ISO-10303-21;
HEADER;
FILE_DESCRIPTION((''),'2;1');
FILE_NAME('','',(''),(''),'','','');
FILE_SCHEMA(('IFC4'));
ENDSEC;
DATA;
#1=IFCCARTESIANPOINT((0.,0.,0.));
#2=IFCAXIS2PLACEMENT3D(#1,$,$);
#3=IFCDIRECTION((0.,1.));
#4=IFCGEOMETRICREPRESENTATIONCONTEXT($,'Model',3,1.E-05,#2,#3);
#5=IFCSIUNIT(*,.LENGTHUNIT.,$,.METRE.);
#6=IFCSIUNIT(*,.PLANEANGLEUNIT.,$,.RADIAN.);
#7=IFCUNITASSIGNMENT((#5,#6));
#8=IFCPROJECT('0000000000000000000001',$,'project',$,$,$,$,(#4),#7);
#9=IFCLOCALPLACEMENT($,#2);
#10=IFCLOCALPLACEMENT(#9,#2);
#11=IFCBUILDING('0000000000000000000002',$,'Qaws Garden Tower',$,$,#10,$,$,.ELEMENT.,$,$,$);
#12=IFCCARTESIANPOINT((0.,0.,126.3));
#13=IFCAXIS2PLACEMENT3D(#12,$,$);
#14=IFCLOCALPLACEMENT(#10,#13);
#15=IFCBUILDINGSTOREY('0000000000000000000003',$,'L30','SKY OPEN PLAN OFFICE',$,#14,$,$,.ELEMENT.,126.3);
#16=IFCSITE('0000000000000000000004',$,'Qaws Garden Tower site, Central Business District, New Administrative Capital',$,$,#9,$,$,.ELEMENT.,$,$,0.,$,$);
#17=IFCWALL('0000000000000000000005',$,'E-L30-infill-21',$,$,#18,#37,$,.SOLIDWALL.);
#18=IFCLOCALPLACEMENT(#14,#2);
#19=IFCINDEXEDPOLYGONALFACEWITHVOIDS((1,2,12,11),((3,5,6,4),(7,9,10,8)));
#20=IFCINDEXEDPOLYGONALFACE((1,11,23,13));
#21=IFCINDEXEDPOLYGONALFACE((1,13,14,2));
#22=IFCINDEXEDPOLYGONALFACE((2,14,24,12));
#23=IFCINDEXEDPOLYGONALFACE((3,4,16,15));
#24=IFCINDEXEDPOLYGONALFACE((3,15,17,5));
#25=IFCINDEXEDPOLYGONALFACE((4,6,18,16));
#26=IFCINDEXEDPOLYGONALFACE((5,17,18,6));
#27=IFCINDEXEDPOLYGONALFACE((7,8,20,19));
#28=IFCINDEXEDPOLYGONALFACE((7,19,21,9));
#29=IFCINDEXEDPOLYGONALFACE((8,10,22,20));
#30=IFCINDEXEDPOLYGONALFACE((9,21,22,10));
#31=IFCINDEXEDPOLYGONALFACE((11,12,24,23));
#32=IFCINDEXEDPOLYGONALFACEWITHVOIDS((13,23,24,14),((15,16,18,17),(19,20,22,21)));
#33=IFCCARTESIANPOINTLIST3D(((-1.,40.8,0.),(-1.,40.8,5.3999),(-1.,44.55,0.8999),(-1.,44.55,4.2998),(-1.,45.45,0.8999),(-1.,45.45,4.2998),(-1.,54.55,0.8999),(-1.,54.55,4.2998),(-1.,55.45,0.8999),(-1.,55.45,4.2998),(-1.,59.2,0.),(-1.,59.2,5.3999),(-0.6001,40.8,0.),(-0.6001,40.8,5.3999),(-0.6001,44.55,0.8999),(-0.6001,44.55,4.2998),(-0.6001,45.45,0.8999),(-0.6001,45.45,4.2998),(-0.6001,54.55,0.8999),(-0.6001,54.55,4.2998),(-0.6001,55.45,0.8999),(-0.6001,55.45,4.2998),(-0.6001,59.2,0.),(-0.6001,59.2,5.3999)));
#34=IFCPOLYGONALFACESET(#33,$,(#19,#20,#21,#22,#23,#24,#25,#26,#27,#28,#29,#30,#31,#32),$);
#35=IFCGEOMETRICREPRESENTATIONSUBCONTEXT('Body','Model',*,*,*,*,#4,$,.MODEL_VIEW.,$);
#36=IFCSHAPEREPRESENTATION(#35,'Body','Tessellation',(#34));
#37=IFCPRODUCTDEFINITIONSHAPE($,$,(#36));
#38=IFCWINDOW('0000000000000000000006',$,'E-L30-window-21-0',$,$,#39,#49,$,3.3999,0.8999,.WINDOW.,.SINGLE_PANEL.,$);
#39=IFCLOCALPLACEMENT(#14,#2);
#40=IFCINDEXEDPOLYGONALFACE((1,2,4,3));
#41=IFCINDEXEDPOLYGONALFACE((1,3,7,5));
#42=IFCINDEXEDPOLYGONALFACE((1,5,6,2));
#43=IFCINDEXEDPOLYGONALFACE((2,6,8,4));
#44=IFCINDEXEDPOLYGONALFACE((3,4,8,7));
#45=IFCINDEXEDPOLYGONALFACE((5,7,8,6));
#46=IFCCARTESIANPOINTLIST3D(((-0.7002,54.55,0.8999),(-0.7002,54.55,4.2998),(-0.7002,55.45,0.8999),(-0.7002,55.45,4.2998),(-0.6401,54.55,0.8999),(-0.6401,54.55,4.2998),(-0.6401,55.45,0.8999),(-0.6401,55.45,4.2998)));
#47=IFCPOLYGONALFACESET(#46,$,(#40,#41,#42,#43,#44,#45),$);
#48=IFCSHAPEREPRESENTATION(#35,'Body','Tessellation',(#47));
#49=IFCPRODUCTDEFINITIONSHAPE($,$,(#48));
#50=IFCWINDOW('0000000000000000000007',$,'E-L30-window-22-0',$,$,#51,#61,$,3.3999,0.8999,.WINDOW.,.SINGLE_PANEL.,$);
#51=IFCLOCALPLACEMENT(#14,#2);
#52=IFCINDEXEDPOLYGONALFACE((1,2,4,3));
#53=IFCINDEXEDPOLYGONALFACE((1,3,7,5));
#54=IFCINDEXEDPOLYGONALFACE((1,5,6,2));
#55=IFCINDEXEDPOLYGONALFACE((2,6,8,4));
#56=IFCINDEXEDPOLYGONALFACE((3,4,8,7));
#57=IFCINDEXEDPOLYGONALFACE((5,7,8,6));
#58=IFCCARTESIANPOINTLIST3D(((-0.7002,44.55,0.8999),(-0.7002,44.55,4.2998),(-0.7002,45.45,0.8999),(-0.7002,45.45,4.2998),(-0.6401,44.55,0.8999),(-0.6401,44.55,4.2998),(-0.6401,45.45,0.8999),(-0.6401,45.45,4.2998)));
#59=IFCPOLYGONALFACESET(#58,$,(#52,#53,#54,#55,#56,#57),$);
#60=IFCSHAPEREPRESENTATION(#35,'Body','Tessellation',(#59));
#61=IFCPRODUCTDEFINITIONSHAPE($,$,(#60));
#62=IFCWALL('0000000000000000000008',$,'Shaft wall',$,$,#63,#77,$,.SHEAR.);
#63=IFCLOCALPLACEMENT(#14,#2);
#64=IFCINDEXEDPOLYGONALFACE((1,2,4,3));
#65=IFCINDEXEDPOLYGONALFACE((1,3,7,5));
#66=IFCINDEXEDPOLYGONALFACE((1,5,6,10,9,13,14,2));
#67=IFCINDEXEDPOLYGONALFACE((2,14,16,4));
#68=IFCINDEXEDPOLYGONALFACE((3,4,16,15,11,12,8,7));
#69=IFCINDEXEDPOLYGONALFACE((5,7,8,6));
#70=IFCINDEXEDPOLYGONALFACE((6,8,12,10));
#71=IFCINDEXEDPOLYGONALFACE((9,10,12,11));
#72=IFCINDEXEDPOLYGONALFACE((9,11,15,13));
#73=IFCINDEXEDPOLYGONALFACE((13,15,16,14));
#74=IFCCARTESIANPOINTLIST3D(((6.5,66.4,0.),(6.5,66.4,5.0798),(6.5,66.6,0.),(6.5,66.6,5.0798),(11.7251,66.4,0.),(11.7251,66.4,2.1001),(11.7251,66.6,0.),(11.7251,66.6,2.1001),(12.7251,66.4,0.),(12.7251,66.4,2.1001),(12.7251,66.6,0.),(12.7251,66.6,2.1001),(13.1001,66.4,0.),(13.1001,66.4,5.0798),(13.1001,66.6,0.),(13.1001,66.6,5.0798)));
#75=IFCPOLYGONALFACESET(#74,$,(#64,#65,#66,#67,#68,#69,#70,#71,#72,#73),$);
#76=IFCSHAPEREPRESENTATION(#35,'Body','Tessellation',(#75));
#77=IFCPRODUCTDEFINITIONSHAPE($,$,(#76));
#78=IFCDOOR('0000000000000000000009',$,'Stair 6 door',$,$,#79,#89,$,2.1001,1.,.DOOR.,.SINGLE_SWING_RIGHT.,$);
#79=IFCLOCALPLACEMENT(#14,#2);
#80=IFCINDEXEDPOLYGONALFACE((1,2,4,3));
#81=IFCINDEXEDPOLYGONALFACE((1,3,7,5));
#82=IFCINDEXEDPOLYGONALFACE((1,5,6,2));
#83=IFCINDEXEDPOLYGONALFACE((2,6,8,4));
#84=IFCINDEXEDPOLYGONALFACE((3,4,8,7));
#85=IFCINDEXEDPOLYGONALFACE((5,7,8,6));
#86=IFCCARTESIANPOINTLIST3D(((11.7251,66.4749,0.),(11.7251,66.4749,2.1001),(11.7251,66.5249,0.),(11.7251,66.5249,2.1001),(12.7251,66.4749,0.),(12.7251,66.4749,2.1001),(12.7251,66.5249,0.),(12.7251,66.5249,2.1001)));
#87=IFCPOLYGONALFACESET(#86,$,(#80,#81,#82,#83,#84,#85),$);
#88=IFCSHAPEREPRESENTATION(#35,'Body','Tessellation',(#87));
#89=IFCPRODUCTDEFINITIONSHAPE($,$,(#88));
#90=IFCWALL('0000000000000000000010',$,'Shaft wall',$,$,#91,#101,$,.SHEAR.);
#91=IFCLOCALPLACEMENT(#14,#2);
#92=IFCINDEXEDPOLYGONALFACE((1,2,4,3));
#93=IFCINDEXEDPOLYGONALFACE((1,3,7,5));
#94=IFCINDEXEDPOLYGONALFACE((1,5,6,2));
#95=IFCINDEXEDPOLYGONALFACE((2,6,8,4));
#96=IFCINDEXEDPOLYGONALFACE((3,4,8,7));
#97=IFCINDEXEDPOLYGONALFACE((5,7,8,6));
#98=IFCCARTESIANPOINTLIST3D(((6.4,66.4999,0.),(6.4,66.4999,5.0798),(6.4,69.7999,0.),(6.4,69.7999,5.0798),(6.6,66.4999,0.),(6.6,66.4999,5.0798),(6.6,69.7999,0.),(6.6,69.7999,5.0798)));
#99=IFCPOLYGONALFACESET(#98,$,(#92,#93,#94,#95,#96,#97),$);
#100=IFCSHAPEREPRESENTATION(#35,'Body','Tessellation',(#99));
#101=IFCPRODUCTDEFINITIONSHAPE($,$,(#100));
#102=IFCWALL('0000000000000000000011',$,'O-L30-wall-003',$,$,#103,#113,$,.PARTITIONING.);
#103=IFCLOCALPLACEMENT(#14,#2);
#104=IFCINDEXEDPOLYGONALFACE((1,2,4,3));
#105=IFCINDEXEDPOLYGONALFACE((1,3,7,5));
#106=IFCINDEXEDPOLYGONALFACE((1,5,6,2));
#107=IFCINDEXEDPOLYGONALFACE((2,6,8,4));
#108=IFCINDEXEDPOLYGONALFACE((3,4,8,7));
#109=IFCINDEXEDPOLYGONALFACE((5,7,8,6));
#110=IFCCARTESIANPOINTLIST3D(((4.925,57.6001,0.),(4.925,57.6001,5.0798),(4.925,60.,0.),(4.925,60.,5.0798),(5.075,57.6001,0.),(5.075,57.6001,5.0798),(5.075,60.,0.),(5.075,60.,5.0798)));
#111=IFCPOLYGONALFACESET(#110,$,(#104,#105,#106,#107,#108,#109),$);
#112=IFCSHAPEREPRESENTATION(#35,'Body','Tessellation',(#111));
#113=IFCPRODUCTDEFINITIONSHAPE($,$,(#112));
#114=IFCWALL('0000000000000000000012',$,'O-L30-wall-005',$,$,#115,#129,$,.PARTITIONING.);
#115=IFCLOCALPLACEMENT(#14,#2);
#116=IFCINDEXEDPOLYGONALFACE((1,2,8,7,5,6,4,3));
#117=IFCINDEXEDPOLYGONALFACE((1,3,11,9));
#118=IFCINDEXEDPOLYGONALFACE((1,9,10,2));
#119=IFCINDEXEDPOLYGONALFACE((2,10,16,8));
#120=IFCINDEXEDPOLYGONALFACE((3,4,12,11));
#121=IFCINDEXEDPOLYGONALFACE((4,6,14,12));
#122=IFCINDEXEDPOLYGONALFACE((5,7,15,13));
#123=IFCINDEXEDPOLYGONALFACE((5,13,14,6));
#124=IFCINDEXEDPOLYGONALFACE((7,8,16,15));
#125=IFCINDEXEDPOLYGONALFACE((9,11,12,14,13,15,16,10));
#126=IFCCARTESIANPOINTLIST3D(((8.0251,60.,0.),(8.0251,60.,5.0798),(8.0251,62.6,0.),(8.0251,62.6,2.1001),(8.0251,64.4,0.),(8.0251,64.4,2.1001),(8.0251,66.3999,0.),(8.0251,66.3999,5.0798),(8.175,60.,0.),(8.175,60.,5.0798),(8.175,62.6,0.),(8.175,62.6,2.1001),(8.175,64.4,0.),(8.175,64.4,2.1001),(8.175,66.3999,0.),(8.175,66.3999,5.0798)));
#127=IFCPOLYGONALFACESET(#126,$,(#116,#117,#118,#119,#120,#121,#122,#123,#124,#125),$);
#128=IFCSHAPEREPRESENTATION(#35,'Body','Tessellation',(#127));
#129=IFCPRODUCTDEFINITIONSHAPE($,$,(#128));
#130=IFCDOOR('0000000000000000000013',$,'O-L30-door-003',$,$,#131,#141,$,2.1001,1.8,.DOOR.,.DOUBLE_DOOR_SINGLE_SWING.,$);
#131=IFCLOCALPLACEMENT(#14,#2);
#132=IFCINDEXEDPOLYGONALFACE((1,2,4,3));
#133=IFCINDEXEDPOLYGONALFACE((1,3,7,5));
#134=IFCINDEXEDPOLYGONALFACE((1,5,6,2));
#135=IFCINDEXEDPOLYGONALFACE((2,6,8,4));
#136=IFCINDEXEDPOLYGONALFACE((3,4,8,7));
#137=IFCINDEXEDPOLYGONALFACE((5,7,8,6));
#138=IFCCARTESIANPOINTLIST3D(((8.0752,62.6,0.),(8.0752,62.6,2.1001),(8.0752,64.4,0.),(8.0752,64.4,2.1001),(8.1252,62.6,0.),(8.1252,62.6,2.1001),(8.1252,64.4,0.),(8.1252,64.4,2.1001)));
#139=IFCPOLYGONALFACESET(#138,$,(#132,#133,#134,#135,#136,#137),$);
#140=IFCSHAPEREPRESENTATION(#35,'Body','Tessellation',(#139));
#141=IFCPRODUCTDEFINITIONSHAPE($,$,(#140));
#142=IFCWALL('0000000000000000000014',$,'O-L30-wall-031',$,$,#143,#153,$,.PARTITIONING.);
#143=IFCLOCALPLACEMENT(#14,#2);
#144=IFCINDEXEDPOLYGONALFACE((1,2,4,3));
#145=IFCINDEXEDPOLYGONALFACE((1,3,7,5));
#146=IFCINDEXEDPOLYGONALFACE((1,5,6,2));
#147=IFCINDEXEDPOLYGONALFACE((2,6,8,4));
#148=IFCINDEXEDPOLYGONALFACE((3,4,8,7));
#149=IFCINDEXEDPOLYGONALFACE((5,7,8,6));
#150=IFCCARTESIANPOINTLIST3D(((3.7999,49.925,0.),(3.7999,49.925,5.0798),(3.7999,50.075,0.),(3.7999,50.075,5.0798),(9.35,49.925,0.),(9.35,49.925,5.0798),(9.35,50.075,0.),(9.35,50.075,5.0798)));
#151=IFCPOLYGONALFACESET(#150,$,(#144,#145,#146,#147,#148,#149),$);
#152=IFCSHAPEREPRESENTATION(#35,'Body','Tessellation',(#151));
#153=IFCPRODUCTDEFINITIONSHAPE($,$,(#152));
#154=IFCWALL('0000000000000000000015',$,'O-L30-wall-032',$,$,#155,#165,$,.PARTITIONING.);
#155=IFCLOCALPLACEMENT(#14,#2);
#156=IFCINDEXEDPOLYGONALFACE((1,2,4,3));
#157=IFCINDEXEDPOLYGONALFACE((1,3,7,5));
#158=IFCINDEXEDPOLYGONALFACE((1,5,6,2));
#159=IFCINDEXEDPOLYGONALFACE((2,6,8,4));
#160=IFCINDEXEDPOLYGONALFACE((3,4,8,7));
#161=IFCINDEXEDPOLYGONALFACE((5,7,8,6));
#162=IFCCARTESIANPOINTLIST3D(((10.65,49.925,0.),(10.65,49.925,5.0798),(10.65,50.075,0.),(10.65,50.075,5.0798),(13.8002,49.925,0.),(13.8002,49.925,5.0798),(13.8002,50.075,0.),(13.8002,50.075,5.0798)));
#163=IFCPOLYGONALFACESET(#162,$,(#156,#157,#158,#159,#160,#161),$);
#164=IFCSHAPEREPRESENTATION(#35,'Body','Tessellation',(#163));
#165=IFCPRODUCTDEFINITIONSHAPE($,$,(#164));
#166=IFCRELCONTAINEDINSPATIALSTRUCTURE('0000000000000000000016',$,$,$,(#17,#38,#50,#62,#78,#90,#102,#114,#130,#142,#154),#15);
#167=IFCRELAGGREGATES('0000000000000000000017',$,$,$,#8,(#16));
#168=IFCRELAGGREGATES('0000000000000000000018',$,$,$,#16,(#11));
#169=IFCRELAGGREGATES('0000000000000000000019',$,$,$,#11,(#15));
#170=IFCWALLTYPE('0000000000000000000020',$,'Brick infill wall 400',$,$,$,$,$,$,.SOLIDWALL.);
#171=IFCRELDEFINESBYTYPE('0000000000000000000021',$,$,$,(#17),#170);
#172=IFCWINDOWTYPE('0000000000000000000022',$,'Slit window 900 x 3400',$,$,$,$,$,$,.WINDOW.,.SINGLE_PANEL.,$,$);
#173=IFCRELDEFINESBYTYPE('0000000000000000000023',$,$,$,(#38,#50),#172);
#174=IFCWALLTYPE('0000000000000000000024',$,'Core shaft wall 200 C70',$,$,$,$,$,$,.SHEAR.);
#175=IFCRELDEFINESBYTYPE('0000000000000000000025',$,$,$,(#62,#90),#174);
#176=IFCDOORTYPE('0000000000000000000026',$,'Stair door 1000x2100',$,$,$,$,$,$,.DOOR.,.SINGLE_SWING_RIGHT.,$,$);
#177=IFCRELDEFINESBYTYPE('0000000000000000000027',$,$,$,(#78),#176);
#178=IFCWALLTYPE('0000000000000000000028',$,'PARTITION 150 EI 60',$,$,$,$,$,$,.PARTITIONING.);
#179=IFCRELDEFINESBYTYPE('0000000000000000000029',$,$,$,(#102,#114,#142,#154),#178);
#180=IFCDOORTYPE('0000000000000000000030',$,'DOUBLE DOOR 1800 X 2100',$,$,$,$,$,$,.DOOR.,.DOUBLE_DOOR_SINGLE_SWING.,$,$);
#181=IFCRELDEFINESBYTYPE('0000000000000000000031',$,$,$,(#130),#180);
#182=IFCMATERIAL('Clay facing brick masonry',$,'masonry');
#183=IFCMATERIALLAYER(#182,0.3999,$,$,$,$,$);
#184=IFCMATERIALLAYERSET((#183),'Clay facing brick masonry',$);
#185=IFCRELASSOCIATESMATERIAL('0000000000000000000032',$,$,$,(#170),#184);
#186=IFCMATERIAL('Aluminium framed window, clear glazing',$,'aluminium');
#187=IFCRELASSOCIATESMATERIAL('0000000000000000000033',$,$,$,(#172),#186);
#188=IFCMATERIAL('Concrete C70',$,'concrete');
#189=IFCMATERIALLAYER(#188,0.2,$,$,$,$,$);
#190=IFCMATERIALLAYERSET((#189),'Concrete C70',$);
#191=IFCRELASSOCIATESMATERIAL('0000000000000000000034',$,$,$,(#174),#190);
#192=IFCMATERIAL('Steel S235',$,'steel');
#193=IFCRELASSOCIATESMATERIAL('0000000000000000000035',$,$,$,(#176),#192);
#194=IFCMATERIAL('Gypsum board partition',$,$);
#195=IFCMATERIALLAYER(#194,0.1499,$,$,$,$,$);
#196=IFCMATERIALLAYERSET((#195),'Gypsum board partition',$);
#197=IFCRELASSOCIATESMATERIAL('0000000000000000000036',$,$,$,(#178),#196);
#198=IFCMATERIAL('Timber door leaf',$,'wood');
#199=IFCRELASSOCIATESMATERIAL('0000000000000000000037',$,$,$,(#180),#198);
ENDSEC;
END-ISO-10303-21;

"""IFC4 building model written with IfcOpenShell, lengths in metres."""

from ifc_helpers import new_model, si_unit, direction, frame, frame_2d, origin, place, context, subcontext, project, spatial, rectangle, extrude, material, layer, layer_set, type_object, element, fill, save


model = new_model("IFC4")

# Units and contexts
model_context = context("Model", 3, precision=1e-05, world=origin(), true_north=direction((0.0, 1.0)))
body_context = subcontext(model_context, "Body", "Model", "MODEL_VIEW")
ifc_project = project(units=[si_unit("LENGTHUNIT", "METRE"), si_unit("PLANEANGLEUNIT", "RADIAN")], contexts=[model_context])

# Site, building, storey
site_placement = place(None, origin())
site = spatial("IfcSite", under=ifc_project, at=site_placement, Name="Qaws Garden Tower site, Central Business District, New Administrative Capital", CompositionType="ELEMENT", RefElevation=0.0)
building_placement = place(site_placement, origin())
building = spatial("IfcBuilding", under=site, at=building_placement, Name="Qaws Garden Tower", CompositionType="ELEMENT")
storey_placement = place(building_placement, frame((0.0, 0.0, 126.3)))
storey = spatial("IfcBuildingStorey", under=building, at=storey_placement, Name="L30", Description="SKY OPEN PLAN OFFICE", CompositionType="ELEMENT", Elevation=126.3)

# Shared definitions
ifc_material_1 = material(Name="Clay facing brick masonry", Category="masonry")
ifc_layer_1 = layer(ifc_material_1, 0.3999)
ifc_layer_set_1 = layer_set([ifc_layer_1], Name="Clay facing brick masonry")
wall_type_1 = type_object("IfcWallType", Name="Brick infill wall 400", PredefinedType="SOLIDWALL", material=ifc_layer_set_1)

# Wall, openings, windows
wall_1_placement = place(storey_placement, frame((-0.8, 59.2, 0.0), z_axis=(0.0, 0.0, 1.0), x_axis=(0.0, -1.0, 0.0)))
wall_1 = element("IfcWall", 1, at=wall_1_placement, inside=storey, type_object=wall_type_1, Name="E-L30-infill-21", PredefinedType="SOLIDWALL", context=body_context, shape_type="SweptSolid", body=[
    extrude(rectangle(XDim=18.3999, YDim=0.3999, at=frame_2d((9.2, 0.0))), origin(), (0.0, 0.0, 1.0), 5.3999),
])
opening_1_placement = place(wall_1_placement, frame((3.75, 0.0, 0.8999)))
opening_1 = element("IfcOpeningElement", 2, at=opening_1_placement, cuts=wall_1, PredefinedType="OPENING", context=body_context, shape_type="SweptSolid", body=[
    extrude(rectangle(XDim=0.8999, YDim=3.3999, at=frame_2d((0.45, 1.7))), frame((0.0, 0.21, 0.0), z_axis=(0.0, -1.0, 0.0), x_axis=(1.0, 0.0, 0.0)), (0.0, 0.0, 1.0), 0.4199),
])
opening_2_placement = place(wall_1_placement, frame((13.75, 0.0, 0.8999)))
opening_2 = element("IfcOpeningElement", 3, at=opening_2_placement, cuts=wall_1, PredefinedType="OPENING", context=body_context, shape_type="SweptSolid", body=[
    extrude(rectangle(XDim=0.8999, YDim=3.3999, at=frame_2d((0.45, 1.7))), frame((0.0, 0.21, 0.0), z_axis=(0.0, -1.0, 0.0), x_axis=(1.0, 0.0, 0.0)), (0.0, 0.0, 1.0), 0.4199),
])
ifc_material_2 = material(Name="Aluminium framed window, clear glazing", Category="aluminium")
window_type_1 = type_object("IfcWindowType", Name="Slit window 900 x 3400", PartitioningType="SINGLE_PANEL", PredefinedType="WINDOW", material=ifc_material_2)
window_1_placement = place(opening_1_placement, origin())
window_1 = element("IfcWindow", 4, at=window_1_placement, inside=storey, type_object=window_type_1, Name="E-L30-window-21-0", OverallHeight=3.3999, OverallWidth=0.8999, PartitioningType="SINGLE_PANEL", PredefinedType="WINDOW", context=body_context, shape_type="SweptSolid", body=[
    extrude(rectangle(XDim=0.8999, YDim=3.3999, at=frame_2d((0.45, 1.7))), frame((0.0, 0.1599, 0.0), z_axis=(0.0, -1.0, 0.0), x_axis=(1.0, 0.0, 0.0)), (0.0, 0.0, 1.0), 0.0601),
])
fill(opening_1, window_1)
window_2_placement = place(opening_2_placement, origin())
window_2 = element("IfcWindow", 5, at=window_2_placement, inside=storey, type_object=window_type_1, Name="E-L30-window-22-0", OverallHeight=3.3999, OverallWidth=0.8999, PartitioningType="SINGLE_PANEL", PredefinedType="WINDOW", context=body_context, shape_type="SweptSolid", body=[
    extrude(rectangle(XDim=0.8999, YDim=3.3999, at=frame_2d((0.45, 1.7))), frame((0.0, 0.1599, 0.0), z_axis=(0.0, -1.0, 0.0), x_axis=(1.0, 0.0, 0.0)), (0.0, 0.0, 1.0), 0.0601),
])
fill(opening_2, window_2)

# Wall, opening, door
ifc_material_3 = material(Name="Concrete C70", Category="concrete")
ifc_layer_2 = layer(ifc_material_3, 0.2)
ifc_layer_set_2 = layer_set([ifc_layer_2], Name="Concrete C70")
wall_type_2 = type_object("IfcWallType", Name="Core shaft wall 200 C70", PredefinedType="SHEAR", material=ifc_layer_set_2)
wall_2_placement = place(storey_placement, frame((6.5, 66.5, 0.0), z_axis=(0.0, 0.0, 1.0), x_axis=(1.0, 0.0, 0.0)))
wall_2 = element("IfcWall", 6, at=wall_2_placement, inside=storey, type_object=wall_type_2, Name="Shaft wall", PredefinedType="SHEAR", context=body_context, shape_type="SweptSolid", body=[
    extrude(rectangle(XDim=6.6001, YDim=0.2, at=frame_2d((3.3, 0.0))), origin(), (0.0, 0.0, 1.0), 5.0798),
])
opening_3_placement = place(wall_2_placement, frame((5.2251, 0.0, 0.0)))
opening_3 = element("IfcOpeningElement", 7, at=opening_3_placement, cuts=wall_2, PredefinedType="OPENING", context=body_context, shape_type="SweptSolid", body=[
    extrude(rectangle(XDim=1.0, YDim=2.1001, at=frame_2d((0.5, 1.05))), frame((0.0, 0.1099, 0.0), z_axis=(0.0, -1.0, 0.0), x_axis=(1.0, 0.0, 0.0)), (0.0, 0.0, 1.0), 0.22),
])
ifc_material_4 = material(Name="Steel S235", Category="steel")
door_type_1 = type_object("IfcDoorType", Name="Stair door 1000x2100", OperationType="SINGLE_SWING_RIGHT", PredefinedType="DOOR", material=ifc_material_4)
door_1_placement = place(opening_3_placement, origin())
door_1 = element("IfcDoor", 8, at=door_1_placement, inside=storey, type_object=door_type_1, Name="Stair 6 door", OperationType="SINGLE_SWING_RIGHT", OverallHeight=2.1001, OverallWidth=1.0, PredefinedType="DOOR", context=body_context, shape_type="SweptSolid", body=[
    extrude(rectangle(XDim=1.0, YDim=2.1001, at=frame_2d((0.5, 1.05))), frame((0.0, 0.0249, 0.0), z_axis=(0.0, -1.0, 0.0), x_axis=(1.0, 0.0, 0.0)), (0.0, 0.0, 1.0), 0.05),
])
fill(opening_3, door_1)

# Walls
wall_3_placement = place(storey_placement, frame((6.5, 66.5, 0.0), z_axis=(0.0, 0.0, 1.0), x_axis=(0.0, 1.0, 0.0)))
element("IfcWall", 9, at=wall_3_placement, inside=storey, type_object=wall_type_2, Name="Shaft wall", PredefinedType="SHEAR", context=body_context, shape_type="SweptSolid", body=[
    extrude(rectangle(XDim=3.3, YDim=0.2, at=frame_2d((1.6499, 0.0))), origin(), (0.0, 0.0, 1.0), 5.0798),
])
ifc_material_5 = material(Name="Gypsum board partition")
ifc_layer_3 = layer(ifc_material_5, 0.1499)
ifc_layer_set_3 = layer_set([ifc_layer_3], Name="Gypsum board partition")
wall_type_3 = type_object("IfcWallType", Name="PARTITION 150 EI 60", PredefinedType="PARTITIONING", material=ifc_layer_set_3)
wall_4_placement = place(storey_placement, frame((5.0, 57.6001, 0.0), z_axis=(0.0, 0.0, 1.0), x_axis=(0.0, 1.0, 0.0)))
element("IfcWall", 10, at=wall_4_placement, inside=storey, type_object=wall_type_3, Name="O-L30-wall-003", PredefinedType="PARTITIONING", context=body_context, shape_type="SweptSolid", body=[
    extrude(rectangle(XDim=2.3999, YDim=0.1499, at=frame_2d((1.2, 0.0))), origin(), (0.0, 0.0, 1.0), 5.0798),
])

# Wall, opening, door
wall_5_placement = place(storey_placement, frame((8.1001, 60.0, 0.0), z_axis=(0.0, 0.0, 1.0), x_axis=(0.0, 1.0, 0.0)))
wall_5 = element("IfcWall", 11, at=wall_5_placement, inside=storey, type_object=wall_type_3, Name="O-L30-wall-005", PredefinedType="PARTITIONING", context=body_context, shape_type="SweptSolid", body=[
    extrude(rectangle(XDim=6.3999, YDim=0.1499, at=frame_2d((3.2, 0.0))), origin(), (0.0, 0.0, 1.0), 5.0798),
])
opening_4_placement = place(wall_5_placement, frame((2.6001, 0.0, 0.0)))
opening_4 = element("IfcOpeningElement", 12, at=opening_4_placement, cuts=wall_5, PredefinedType="OPENING", context=body_context, shape_type="SweptSolid", body=[
    extrude(rectangle(XDim=1.8, YDim=2.1001, at=frame_2d((0.8999, 1.05))), frame((0.0, 0.085, 0.0), z_axis=(0.0, -1.0, 0.0), x_axis=(1.0, 0.0, 0.0)), (0.0, 0.0, 1.0), 0.1699),
])
ifc_material_6 = material(Name="Timber door leaf", Category="wood")
door_type_2 = type_object("IfcDoorType", Name="DOUBLE DOOR 1800 X 2100", OperationType="DOUBLE_DOOR_SINGLE_SWING", PredefinedType="DOOR", material=ifc_material_6)
door_2_placement = place(opening_4_placement, origin())
door_2 = element("IfcDoor", 13, at=door_2_placement, inside=storey, type_object=door_type_2, Name="O-L30-door-003", OperationType="DOUBLE_DOOR_SINGLE_SWING", OverallHeight=2.1001, OverallWidth=1.8, PredefinedType="DOOR", context=body_context, shape_type="SweptSolid", body=[
    extrude(rectangle(XDim=1.8, YDim=2.1001, at=frame_2d((0.8999, 1.05))), frame((0.0, 0.0249, 0.0), z_axis=(0.0, -1.0, 0.0), x_axis=(1.0, 0.0, 0.0)), (0.0, 0.0, 1.0), 0.05),
])
fill(opening_4, door_2)

# Walls
wall_6_placement = place(storey_placement, frame((3.8, 50.0, 0.0), z_axis=(0.0, 0.0, 1.0), x_axis=(1.0, 0.0, 0.0)))
element("IfcWall", 14, at=wall_6_placement, inside=storey, type_object=wall_type_3, Name="O-L30-wall-031", PredefinedType="PARTITIONING", context=body_context, shape_type="SweptSolid", body=[
    extrude(rectangle(XDim=5.55, YDim=0.1499, at=frame_2d((2.7749, 0.0))), origin(), (0.0, 0.0, 1.0), 5.0798),
])
wall_7_placement = place(storey_placement, frame((10.6499, 50.0, 0.0), z_axis=(0.0, 0.0, 1.0), x_axis=(1.0, 0.0, 0.0)))
element("IfcWall", 15, at=wall_7_placement, inside=storey, type_object=wall_type_3, Name="O-L30-wall-032", PredefinedType="PARTITIONING", context=body_context, shape_type="SweptSolid", body=[
    extrude(rectangle(XDim=3.1501, YDim=0.1499, at=frame_2d((1.5752, 0.0))), origin(), (0.0, 0.0, 1.0), 5.0798),
])

save(model, "model.ifc")
